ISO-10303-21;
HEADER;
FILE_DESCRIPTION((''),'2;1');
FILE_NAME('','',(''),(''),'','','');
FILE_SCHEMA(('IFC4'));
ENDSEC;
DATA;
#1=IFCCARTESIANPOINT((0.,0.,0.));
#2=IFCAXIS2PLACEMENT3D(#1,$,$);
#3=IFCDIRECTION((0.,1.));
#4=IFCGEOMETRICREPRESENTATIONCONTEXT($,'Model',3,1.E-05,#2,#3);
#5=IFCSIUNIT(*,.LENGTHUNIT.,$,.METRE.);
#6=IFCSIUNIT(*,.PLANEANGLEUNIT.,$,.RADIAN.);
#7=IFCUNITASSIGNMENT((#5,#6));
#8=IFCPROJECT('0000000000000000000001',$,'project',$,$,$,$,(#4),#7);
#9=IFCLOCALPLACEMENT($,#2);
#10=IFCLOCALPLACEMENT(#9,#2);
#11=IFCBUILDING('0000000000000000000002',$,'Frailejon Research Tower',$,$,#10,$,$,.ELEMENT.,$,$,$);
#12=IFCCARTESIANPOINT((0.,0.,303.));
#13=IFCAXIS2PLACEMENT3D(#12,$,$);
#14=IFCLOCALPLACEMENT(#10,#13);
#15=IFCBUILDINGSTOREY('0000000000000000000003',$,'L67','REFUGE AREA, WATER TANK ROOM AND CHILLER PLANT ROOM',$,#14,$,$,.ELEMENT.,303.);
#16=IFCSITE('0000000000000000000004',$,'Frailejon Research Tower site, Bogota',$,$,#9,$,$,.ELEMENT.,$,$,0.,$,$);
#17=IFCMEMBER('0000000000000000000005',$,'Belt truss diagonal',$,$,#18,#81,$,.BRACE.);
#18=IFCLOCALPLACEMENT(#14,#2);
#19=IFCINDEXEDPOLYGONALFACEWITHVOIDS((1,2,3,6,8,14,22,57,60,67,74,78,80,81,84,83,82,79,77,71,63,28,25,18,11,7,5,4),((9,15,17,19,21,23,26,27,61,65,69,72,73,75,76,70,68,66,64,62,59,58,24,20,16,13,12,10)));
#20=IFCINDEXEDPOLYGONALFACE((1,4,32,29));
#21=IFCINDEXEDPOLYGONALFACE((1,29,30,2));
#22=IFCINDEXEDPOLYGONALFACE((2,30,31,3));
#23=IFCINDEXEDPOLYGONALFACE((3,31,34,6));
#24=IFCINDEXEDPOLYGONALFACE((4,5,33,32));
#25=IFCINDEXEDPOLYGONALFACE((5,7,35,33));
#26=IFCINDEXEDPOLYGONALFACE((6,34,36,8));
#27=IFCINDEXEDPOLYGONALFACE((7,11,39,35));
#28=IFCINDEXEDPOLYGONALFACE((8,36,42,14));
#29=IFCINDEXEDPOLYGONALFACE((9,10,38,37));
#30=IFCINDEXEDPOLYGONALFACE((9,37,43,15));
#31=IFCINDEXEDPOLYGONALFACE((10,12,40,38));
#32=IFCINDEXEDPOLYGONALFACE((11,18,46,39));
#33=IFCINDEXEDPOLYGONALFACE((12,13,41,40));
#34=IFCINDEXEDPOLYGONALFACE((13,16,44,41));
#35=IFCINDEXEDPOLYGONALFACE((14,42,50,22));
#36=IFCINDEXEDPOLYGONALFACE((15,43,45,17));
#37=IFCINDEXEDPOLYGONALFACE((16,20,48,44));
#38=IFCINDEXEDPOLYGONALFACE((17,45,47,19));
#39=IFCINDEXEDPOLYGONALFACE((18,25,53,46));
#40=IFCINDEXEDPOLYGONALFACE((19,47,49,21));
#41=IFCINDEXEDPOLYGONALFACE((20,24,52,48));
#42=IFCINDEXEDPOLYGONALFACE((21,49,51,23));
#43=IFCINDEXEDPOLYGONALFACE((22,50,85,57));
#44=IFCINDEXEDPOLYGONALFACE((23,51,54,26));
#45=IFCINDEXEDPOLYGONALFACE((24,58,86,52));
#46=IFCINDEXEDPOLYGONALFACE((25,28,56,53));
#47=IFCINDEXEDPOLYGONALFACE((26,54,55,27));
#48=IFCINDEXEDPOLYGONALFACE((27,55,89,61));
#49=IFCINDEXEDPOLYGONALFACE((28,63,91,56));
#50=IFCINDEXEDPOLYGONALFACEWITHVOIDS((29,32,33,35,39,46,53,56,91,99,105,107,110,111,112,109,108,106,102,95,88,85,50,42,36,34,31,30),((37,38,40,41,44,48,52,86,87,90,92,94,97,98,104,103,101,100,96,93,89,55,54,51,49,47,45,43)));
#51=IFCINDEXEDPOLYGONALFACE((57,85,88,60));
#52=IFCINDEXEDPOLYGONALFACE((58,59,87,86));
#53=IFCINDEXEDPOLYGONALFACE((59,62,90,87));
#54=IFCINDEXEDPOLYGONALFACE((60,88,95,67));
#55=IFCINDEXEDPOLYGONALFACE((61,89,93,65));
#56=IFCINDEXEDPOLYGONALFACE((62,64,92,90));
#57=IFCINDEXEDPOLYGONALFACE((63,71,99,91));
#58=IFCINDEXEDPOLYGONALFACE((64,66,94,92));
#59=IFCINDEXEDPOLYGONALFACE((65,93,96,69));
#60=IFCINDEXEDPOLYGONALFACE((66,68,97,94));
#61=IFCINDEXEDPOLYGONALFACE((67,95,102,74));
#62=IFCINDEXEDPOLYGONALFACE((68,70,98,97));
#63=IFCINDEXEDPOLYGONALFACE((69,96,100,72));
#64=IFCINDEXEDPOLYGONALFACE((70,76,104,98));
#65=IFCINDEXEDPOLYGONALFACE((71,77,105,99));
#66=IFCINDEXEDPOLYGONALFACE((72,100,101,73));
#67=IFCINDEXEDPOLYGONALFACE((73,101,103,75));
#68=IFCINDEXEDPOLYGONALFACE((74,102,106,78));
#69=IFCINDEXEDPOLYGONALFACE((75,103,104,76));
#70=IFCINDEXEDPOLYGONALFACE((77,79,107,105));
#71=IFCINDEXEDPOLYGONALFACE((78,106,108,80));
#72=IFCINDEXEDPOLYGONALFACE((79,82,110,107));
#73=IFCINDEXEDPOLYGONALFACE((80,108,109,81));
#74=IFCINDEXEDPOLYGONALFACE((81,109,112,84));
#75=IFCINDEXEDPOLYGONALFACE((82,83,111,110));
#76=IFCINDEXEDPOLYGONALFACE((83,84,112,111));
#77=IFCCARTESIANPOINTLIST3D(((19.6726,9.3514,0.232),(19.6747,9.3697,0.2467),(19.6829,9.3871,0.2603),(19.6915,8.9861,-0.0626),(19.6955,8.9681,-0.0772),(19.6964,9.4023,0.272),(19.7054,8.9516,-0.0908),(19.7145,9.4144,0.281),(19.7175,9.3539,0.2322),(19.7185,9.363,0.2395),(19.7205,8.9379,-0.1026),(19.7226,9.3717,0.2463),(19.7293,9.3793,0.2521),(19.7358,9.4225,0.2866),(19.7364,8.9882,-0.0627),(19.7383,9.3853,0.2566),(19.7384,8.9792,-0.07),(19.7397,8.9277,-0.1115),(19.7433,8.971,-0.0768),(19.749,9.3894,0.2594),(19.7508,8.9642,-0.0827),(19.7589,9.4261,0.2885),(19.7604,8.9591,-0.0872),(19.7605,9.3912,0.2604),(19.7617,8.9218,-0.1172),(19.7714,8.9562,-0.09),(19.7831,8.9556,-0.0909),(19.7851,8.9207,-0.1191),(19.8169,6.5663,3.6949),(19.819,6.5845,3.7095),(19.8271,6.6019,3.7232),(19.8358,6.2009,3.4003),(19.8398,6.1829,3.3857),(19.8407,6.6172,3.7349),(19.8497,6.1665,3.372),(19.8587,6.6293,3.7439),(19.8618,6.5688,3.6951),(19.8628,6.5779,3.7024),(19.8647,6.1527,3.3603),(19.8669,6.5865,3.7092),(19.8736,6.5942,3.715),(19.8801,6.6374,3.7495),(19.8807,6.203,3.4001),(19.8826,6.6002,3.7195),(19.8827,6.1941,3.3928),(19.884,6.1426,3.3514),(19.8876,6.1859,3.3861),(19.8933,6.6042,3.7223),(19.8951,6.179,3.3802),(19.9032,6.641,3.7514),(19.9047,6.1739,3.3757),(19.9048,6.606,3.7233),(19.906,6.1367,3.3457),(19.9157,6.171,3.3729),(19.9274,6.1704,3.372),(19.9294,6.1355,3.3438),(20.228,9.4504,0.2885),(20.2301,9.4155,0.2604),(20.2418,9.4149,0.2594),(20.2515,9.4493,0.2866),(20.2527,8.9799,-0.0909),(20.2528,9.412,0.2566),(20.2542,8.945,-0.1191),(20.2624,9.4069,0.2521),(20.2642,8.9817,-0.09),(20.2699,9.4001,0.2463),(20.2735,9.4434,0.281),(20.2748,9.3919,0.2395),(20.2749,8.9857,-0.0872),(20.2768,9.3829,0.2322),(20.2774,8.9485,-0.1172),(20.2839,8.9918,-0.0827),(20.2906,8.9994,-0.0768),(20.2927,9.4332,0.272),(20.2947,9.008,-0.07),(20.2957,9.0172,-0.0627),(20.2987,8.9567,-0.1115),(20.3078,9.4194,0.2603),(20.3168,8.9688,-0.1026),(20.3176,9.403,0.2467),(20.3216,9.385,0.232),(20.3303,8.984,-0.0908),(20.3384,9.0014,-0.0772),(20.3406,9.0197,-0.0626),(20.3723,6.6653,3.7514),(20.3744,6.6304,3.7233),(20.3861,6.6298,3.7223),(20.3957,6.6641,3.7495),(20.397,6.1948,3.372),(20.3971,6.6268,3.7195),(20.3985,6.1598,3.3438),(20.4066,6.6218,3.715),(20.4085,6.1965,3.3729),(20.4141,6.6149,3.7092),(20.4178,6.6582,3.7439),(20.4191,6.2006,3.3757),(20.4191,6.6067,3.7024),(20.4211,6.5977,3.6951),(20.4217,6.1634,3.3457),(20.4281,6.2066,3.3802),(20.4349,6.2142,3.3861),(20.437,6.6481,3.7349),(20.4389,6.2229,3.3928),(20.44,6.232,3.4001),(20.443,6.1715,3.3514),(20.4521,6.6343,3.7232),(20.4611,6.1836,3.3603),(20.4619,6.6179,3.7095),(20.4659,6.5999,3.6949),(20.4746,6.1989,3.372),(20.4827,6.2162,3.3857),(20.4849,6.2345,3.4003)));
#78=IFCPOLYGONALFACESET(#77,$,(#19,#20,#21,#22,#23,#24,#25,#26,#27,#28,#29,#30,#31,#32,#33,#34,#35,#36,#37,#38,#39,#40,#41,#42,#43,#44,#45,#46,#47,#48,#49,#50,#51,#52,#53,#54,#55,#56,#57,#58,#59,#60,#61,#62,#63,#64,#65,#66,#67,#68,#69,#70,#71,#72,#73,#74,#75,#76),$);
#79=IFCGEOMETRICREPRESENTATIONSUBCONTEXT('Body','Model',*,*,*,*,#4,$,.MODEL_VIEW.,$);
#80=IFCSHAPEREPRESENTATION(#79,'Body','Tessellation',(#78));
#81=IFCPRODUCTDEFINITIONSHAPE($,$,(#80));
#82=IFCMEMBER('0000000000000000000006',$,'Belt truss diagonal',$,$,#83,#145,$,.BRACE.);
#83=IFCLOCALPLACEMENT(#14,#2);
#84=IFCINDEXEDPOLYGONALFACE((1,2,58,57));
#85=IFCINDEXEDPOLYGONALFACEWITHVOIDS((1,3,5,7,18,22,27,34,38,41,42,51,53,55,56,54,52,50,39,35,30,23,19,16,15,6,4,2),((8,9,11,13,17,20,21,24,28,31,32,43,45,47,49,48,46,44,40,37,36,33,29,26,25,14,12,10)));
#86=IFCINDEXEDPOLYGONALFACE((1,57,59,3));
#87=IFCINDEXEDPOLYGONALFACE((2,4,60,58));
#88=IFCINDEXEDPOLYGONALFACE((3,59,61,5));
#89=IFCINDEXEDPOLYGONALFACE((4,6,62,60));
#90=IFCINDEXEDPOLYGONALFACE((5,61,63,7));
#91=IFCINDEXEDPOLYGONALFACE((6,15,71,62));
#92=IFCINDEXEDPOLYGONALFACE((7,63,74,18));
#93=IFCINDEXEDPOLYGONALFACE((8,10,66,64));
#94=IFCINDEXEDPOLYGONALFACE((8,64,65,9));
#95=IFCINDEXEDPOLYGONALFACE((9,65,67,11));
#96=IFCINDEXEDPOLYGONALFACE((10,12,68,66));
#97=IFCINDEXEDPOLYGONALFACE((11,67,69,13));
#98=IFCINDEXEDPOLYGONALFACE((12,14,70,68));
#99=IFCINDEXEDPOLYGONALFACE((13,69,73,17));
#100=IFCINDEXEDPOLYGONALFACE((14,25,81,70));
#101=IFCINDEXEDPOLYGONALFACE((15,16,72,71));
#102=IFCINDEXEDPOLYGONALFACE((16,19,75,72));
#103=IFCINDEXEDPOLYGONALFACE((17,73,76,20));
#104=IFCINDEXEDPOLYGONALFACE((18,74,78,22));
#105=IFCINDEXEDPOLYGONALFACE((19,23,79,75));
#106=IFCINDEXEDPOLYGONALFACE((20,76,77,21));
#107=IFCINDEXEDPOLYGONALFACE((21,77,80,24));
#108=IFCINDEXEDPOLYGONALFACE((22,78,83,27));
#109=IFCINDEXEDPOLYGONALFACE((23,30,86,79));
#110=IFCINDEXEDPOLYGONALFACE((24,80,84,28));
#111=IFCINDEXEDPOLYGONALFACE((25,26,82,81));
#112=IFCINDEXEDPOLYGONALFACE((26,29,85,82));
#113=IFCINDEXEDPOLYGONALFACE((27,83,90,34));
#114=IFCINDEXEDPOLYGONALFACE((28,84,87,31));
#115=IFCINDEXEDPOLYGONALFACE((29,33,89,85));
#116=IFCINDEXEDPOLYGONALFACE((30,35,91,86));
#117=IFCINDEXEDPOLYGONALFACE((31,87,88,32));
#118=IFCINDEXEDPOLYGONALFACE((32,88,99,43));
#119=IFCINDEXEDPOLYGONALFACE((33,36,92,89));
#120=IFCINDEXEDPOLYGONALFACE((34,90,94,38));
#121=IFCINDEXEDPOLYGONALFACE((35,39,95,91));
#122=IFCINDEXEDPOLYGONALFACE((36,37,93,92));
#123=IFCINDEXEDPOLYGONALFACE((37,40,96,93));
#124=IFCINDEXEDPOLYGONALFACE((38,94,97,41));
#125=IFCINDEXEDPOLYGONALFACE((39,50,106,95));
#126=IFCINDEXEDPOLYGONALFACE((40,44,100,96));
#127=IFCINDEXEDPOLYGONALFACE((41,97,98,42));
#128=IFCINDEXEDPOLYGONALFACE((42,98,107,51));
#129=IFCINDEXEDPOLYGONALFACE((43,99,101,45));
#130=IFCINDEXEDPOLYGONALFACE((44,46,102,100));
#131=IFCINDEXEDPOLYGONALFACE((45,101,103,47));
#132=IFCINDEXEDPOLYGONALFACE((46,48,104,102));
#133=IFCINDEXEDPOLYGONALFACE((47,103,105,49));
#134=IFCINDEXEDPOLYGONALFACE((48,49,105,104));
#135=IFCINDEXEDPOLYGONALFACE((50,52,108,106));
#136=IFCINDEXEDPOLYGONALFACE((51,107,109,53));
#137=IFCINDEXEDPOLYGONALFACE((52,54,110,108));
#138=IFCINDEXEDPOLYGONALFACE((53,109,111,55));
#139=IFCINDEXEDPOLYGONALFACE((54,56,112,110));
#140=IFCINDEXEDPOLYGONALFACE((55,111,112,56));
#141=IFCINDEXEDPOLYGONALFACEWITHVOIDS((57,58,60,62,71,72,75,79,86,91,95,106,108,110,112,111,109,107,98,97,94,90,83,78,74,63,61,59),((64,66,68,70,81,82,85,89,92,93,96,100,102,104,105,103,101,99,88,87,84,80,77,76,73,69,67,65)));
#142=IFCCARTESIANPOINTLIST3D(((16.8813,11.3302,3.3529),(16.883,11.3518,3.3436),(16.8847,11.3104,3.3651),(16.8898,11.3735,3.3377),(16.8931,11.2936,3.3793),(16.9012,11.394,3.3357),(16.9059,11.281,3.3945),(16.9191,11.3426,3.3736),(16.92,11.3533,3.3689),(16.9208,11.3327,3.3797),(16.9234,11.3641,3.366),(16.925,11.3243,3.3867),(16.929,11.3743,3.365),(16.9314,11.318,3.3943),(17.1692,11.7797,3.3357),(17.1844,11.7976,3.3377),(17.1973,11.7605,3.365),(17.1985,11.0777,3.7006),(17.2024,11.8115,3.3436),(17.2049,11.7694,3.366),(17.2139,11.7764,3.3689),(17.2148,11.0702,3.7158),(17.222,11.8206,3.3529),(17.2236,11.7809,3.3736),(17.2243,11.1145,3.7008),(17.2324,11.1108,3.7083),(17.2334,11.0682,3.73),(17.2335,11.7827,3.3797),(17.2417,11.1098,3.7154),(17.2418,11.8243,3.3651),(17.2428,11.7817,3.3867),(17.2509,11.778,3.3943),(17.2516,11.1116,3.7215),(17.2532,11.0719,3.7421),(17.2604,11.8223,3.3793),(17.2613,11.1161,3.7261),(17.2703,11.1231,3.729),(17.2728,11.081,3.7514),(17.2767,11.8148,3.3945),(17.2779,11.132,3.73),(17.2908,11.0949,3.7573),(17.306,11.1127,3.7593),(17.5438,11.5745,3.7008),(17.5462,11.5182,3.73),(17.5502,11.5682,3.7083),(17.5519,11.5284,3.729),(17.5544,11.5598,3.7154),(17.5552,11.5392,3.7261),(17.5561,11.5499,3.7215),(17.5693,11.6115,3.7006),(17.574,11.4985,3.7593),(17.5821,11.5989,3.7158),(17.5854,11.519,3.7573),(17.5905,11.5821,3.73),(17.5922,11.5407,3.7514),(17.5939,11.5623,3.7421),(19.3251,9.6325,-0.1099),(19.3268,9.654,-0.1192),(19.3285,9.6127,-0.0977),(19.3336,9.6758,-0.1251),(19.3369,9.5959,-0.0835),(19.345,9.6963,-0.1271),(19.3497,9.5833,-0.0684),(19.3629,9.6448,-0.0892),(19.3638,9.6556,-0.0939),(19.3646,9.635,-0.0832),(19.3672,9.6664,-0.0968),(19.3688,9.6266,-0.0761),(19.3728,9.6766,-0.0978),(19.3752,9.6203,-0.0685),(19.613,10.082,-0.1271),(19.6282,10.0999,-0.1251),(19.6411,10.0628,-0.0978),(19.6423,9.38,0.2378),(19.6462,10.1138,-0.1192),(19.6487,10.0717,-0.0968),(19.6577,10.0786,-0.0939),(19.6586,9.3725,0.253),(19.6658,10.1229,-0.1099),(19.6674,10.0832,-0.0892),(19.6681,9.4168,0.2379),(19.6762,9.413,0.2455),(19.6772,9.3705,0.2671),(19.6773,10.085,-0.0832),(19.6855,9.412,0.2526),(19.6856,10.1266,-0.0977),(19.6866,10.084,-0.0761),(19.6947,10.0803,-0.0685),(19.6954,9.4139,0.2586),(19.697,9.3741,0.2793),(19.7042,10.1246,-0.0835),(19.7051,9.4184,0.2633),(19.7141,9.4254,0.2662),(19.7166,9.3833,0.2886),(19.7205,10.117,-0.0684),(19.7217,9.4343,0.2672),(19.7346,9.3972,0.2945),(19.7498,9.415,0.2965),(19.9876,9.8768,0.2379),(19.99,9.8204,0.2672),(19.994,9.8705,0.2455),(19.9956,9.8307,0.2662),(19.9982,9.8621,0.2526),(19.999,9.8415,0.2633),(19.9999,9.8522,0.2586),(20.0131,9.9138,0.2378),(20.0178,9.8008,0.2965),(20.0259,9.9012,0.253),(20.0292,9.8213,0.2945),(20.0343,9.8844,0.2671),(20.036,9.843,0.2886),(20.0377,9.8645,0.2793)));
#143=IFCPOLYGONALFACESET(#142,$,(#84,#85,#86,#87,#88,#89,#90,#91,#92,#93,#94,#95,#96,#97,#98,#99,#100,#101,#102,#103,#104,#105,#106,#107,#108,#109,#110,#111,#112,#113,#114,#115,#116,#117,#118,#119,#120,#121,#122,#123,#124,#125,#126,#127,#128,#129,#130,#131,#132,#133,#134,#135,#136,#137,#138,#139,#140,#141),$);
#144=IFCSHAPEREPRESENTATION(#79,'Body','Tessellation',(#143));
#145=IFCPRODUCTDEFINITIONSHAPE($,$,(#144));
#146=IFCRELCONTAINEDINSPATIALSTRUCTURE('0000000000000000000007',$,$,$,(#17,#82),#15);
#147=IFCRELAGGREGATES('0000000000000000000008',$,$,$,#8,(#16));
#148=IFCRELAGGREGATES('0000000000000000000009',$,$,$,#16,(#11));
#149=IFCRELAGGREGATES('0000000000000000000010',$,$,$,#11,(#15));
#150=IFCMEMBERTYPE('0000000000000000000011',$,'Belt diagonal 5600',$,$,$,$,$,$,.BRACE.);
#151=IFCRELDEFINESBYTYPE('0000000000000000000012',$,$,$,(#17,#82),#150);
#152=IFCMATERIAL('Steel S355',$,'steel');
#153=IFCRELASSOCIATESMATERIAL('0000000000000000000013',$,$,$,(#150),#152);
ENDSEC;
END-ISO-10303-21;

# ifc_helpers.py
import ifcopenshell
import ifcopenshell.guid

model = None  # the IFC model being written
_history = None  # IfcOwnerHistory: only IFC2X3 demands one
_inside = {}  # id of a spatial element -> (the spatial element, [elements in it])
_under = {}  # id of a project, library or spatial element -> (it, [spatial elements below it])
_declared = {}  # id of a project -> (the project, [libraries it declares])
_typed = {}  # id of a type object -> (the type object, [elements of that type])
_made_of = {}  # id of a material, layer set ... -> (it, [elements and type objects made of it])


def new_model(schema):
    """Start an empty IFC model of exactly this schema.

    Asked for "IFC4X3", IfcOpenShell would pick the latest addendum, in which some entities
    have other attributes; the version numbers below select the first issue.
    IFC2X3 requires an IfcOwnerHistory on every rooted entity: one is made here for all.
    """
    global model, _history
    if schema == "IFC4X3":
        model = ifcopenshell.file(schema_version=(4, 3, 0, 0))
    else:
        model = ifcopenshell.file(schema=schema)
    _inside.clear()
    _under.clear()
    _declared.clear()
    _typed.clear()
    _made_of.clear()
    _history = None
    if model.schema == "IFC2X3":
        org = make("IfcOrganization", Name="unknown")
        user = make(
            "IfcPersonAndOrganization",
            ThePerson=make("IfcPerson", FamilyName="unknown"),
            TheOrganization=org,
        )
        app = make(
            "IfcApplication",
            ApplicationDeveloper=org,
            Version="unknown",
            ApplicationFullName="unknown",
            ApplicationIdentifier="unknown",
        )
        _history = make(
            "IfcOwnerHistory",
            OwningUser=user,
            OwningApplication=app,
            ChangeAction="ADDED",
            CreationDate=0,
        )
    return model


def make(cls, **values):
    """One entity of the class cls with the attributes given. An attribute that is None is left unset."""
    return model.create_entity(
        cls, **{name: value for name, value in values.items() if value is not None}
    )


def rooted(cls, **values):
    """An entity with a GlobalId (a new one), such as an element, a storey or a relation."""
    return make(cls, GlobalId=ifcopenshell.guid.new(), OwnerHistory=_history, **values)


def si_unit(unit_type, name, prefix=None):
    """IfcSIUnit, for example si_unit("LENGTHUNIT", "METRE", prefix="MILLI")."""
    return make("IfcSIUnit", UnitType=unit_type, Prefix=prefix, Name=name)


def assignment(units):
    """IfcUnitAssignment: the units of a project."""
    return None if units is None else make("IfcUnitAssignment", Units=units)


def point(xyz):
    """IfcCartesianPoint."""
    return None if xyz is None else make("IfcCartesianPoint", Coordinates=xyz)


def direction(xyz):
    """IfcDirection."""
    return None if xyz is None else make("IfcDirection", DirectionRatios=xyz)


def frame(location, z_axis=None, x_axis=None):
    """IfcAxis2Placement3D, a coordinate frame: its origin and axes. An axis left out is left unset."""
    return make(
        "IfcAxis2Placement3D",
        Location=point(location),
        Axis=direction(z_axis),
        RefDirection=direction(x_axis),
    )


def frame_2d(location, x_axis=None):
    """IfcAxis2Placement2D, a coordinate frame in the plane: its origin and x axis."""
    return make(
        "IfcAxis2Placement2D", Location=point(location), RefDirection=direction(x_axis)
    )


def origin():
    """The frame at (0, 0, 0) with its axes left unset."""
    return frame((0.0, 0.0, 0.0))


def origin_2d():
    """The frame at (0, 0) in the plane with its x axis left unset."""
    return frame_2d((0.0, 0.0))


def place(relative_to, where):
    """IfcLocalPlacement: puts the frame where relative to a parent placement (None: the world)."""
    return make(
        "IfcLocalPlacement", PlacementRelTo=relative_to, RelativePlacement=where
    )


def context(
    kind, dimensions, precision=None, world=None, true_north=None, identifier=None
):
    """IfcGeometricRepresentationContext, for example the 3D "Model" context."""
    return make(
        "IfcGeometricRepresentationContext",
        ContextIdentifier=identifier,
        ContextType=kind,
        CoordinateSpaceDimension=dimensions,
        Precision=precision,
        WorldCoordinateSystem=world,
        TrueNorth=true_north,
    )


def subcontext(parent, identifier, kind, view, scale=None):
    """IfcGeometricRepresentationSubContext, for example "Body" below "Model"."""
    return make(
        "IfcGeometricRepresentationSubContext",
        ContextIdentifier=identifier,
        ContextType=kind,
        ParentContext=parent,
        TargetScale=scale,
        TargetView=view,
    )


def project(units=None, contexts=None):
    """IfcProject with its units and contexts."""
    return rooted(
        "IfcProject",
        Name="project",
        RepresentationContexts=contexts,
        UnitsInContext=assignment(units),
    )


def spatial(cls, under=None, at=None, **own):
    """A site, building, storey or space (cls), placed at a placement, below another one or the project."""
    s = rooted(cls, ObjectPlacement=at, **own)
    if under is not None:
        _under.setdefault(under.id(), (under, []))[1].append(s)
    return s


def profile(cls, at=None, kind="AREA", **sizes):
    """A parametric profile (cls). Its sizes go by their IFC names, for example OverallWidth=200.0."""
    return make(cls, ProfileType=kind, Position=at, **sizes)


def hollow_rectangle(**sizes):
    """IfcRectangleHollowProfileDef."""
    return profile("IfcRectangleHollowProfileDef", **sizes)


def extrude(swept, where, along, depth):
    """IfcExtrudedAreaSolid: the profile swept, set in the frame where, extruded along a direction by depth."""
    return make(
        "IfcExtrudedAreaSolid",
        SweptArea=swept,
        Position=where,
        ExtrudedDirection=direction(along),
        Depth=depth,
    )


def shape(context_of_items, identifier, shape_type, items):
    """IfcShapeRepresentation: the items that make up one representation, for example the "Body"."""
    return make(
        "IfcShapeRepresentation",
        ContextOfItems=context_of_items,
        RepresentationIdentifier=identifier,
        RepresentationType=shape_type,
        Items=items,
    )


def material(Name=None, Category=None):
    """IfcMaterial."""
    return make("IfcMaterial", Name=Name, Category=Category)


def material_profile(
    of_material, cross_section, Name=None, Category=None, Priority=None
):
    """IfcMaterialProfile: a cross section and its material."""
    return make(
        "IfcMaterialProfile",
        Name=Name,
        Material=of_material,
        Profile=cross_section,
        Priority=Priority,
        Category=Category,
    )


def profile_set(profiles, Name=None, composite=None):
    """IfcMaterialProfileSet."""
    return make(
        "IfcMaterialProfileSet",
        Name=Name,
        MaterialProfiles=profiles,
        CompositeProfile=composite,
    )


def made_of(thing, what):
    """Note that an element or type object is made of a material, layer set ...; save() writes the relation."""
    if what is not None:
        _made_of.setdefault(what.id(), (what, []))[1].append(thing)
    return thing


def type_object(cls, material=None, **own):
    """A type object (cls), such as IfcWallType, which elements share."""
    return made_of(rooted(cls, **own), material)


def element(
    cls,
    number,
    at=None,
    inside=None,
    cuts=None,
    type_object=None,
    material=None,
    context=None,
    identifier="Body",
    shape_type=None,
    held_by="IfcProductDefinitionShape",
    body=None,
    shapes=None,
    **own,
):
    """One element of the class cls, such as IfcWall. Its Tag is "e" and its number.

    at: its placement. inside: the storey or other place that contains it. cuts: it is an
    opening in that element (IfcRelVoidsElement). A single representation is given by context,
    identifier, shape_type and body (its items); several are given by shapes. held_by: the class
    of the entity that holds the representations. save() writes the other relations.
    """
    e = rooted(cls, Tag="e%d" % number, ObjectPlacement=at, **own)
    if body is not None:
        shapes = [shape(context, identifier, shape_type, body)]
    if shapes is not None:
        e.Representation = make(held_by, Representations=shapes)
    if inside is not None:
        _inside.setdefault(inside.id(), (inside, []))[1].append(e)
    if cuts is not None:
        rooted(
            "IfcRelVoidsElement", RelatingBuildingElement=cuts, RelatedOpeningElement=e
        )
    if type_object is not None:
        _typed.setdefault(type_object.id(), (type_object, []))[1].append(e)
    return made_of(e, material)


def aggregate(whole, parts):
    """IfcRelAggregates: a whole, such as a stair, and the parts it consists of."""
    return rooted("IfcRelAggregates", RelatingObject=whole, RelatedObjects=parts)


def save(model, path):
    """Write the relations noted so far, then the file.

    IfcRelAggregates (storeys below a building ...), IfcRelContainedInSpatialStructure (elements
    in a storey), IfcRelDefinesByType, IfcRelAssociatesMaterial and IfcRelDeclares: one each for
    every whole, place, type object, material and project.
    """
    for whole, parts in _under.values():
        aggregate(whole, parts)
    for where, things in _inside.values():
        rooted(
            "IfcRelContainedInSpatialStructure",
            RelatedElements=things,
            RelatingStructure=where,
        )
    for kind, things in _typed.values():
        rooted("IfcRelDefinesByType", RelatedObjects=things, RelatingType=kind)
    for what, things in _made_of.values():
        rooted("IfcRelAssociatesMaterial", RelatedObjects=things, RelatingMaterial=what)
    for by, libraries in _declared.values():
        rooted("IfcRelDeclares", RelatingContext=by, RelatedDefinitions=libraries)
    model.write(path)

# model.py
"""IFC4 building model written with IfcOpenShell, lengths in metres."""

from ifc_helpers import new_model, si_unit, direction, frame, origin, origin_2d, place, context, subcontext, project, spatial, hollow_rectangle, extrude, material, material_profile, profile_set, type_object, element, save


model = new_model("IFC4")

# Units and contexts
model_context = context("Model", 3, precision=1e-05, world=origin(), true_north=direction((0.0, 1.0)))
body_context = subcontext(model_context, "Body", "Model", "MODEL_VIEW")
ifc_project = project(units=[si_unit("LENGTHUNIT", "METRE"), si_unit("PLANEANGLEUNIT", "RADIAN")], contexts=[model_context])

# Site, building, storey
site_placement = place(None, origin())
site = spatial("IfcSite", under=ifc_project, at=site_placement, Name="Frailejon Research Tower site, Bogota", CompositionType="ELEMENT", RefElevation=0.0)
building_placement = place(site_placement, origin())
building = spatial("IfcBuilding", under=site, at=building_placement, Name="Frailejon Research Tower", CompositionType="ELEMENT")
storey_placement = place(building_placement, frame((0.0, 0.0, 303.0)))
storey = spatial("IfcBuildingStorey", under=building, at=storey_placement, Name="L67", Description="REFUGE AREA, WATER TANK ROOM AND CHILLER PLANT ROOM", CompositionType="ELEMENT", Elevation=303.0)

# Members
ifc_material_1 = material(Name="Steel S355", Category="steel")
ifc_material_profile_1 = material_profile(ifc_material_1, hollow_rectangle(XDim=0.6499, YDim=0.6499, WallThickness=0.0449, InnerFilletRadius=0.0449, OuterFilletRadius=0.0901, at=origin_2d()), Name="Belt diagonal 5600")
ifc_profile_set_1 = profile_set([ifc_material_profile_1], Name="Steel S355")
member_type = type_object("IfcMemberType", Name="Belt diagonal 5600", PredefinedType="BRACE", material=ifc_profile_set_1)
member_1_placement = place(storey_placement, frame((20.1509, 6.4004, 3.5476), z_axis=(-0.032451, 0.6264, -0.778826), x_axis=(-0.998661, -0.051736, 0.0)))
element("IfcMember", 1, at=member_1_placement, inside=storey, type_object=member_type, Name="Belt truss diagonal", PredefinedType="BRACE", context=body_context, shape_type="SweptSolid", body=[
    extrude(hollow_rectangle(XDim=0.6499, YDim=0.6499, WallThickness=0.0449, InnerFilletRadius=0.0449, OuterFilletRadius=0.0901, at=origin_2d()), origin(), (0.0, 0.0, 1.0), 4.4463),
])
member_2_placement = place(storey_placement, frame((19.6814, 9.7485, 0.0847), z_axis=(-0.535253, 0.371843, 0.758444), x_axis=(-0.57054, -0.82127, 0.0)))
element("IfcMember", 2, at=member_2_placement, inside=storey, type_object=member_type, Name="Belt truss diagonal", PredefinedType="BRACE", context=body_context, shape_type="SweptSolid", body=[
    extrude(hollow_rectangle(XDim=0.6499, YDim=0.6499, WallThickness=0.0449, InnerFilletRadius=0.0449, OuterFilletRadius=0.0901, at=origin_2d()), origin(), (0.0, 0.0, 1.0), 4.5657),
])

save(model, "model.ifc")
